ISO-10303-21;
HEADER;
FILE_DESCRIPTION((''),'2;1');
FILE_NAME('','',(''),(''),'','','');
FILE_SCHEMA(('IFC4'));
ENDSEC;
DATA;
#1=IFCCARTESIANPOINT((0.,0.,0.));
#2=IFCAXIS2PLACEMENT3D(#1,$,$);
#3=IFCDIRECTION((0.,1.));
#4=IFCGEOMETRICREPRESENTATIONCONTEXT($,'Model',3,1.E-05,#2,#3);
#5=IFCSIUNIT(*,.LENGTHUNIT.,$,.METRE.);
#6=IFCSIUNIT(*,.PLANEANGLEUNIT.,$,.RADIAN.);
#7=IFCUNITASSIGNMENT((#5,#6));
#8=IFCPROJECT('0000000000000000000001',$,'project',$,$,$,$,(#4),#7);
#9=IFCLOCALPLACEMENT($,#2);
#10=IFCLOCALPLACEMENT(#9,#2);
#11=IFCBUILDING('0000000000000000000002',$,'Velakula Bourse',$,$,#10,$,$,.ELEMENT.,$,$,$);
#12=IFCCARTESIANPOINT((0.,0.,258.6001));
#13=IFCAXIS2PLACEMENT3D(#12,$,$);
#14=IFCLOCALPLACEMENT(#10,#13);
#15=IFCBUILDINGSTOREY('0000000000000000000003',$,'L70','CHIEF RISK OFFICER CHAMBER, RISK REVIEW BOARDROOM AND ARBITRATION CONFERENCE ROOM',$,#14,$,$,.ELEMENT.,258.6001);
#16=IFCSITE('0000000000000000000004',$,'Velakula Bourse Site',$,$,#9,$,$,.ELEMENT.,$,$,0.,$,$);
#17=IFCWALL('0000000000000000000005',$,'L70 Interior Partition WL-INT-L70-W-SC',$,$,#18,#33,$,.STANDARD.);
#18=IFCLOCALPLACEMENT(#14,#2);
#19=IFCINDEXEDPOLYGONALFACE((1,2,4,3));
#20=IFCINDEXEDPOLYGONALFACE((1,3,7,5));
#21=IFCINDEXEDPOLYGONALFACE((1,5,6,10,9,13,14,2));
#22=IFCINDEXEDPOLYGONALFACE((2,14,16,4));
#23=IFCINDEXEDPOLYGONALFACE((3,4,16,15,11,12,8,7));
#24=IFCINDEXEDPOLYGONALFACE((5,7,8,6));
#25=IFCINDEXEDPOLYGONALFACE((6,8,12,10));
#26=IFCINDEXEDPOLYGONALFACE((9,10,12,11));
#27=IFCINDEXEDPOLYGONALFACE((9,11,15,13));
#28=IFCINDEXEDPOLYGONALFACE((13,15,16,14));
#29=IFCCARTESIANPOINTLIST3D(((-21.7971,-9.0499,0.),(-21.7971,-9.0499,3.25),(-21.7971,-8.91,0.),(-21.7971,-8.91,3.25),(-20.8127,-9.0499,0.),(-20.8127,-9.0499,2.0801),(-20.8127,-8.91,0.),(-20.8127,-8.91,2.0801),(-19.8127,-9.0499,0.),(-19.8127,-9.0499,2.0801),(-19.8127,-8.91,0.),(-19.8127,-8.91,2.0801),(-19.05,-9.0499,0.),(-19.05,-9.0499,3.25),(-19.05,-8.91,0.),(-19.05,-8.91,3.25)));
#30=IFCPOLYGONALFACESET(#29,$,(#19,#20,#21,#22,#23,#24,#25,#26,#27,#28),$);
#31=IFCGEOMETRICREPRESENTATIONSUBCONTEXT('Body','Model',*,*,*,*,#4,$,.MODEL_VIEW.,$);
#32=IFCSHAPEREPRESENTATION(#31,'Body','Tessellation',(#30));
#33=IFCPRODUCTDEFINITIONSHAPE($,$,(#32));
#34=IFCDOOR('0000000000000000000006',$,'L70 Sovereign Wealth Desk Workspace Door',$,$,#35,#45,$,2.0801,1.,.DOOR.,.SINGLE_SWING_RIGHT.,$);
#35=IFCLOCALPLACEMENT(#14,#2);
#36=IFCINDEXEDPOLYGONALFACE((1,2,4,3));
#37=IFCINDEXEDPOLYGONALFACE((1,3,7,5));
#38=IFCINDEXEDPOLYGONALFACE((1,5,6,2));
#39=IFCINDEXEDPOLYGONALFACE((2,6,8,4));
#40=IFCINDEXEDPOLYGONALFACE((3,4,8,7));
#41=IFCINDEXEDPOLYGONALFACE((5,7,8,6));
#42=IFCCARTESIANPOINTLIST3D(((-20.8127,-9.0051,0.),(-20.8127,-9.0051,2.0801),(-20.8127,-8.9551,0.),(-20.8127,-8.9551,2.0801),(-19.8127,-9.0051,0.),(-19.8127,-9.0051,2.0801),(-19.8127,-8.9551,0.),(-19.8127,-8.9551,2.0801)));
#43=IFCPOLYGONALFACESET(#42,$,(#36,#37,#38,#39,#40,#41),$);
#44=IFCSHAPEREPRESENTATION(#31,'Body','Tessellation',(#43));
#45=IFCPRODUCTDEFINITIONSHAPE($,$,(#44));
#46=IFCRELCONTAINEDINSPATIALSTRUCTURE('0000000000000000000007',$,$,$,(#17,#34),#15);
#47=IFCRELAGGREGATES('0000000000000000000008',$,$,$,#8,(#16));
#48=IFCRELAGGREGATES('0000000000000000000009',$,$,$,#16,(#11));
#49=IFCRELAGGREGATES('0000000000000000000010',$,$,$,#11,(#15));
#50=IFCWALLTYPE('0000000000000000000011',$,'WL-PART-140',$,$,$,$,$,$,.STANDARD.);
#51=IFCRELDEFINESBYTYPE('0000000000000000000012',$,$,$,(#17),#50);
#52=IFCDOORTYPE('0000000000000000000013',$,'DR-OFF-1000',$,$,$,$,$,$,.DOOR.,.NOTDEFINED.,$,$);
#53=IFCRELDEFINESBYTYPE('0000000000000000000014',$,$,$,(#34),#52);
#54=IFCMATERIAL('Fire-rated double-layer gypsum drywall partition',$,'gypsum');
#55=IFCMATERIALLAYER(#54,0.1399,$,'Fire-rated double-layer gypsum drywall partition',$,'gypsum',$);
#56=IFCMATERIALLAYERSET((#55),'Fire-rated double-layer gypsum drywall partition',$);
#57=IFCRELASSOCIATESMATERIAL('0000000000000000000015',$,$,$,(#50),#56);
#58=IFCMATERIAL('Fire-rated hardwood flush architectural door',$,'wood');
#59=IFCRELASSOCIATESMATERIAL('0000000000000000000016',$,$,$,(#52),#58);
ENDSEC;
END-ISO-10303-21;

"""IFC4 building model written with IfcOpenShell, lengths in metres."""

from ifc_helpers import new_model, si_unit, direction, frame, frame_2d, origin, place, context, subcontext, project, spatial, rectangle, extrude, material, layer, layer_set, type_object, element, fill, save


model = new_model("IFC4")

# Units and contexts
model_context = context("Model", 3, precision=1e-05, world=origin(), true_north=direction((0.0, 1.0)))
body_context = subcontext(model_context, "Body", "Model", "MODEL_VIEW")
ifc_project = project(units=[si_unit("LENGTHUNIT", "METRE"), si_unit("PLANEANGLEUNIT", "RADIAN")], contexts=[model_context])

# Site, building, storey
site_placement = place(None, origin())
site = spatial("IfcSite", under=ifc_project, at=site_placement, Name="Velakula Bourse Site", CompositionType="ELEMENT", RefElevation=0.0)
building_placement = place(site_placement, origin())
building = spatial("IfcBuilding", under=site, at=building_placement, Name="Velakula Bourse", CompositionType="ELEMENT")
storey_placement = place(building_placement, frame((0.0, 0.0, 258.6001)))
storey = spatial("IfcBuildingStorey", under=building, at=storey_placement, Name="L70", Description="CHIEF RISK OFFICER CHAMBER, RISK REVIEW BOARDROOM AND ARBITRATION CONFERENCE ROOM", CompositionType="ELEMENT", Elevation=258.6001)

# Shared definitions
ifc_material_1 = material(Name="Fire-rated double-layer gypsum drywall partition", Category="gypsum")
ifc_layer_1 = layer(ifc_material_1, 0.1399, Name="Fire-rated double-layer gypsum drywall partition", Category="gypsum")
ifc_layer_set_1 = layer_set([ifc_layer_1], Name="Fire-rated double-layer gypsum drywall partition")
wall_type_1 = type_object("IfcWallType", Name="WL-PART-140", PredefinedType="STANDARD", material=ifc_layer_set_1)
ifc_material_2 = material(Name="Fire-rated hardwood flush architectural door", Category="wood")
door_type_1 = type_object("IfcDoorType", Name="DR-OFF-1000", OperationType="NOTDEFINED", PredefinedType="DOOR", material=ifc_material_2)

# Wall, opening, door
wall_1_placement = place(storey_placement, frame((-21.7971, -8.98, 0.0), z_axis=(0.0, 0.0, 1.0), x_axis=(1.0, 0.0, 0.0)))
wall_1 = element("IfcWall", 1, at=wall_1_placement, inside=storey, type_object=wall_type_1, Name="L70 Interior Partition WL-INT-L70-W-SC", PredefinedType="STANDARD", context=body_context, shape_type="SweptSolid", body=[
    extrude(rectangle(XDim=2.7471, YDim=0.1399, at=frame_2d((1.3735, 0.0))), origin(), (0.0, 0.0, 1.0), 3.25),
])
opening_1_placement = place(wall_1_placement, frame((0.9844, 0.0, 0.0)))
opening_1 = element("IfcOpeningElement", 2, at=opening_1_placement, cuts=wall_1, PredefinedType="OPENING", context=body_context, shape_type="SweptSolid", body=[
    extrude(rectangle(XDim=1.0, YDim=2.0801, at=frame_2d((0.5, 1.04))), frame((0.0, 0.0798, 0.0), z_axis=(0.0, -1.0, 0.0), x_axis=(1.0, 0.0, 0.0)), (0.0, 0.0, 1.0), 0.1599),
])
door_1_placement = place(opening_1_placement, origin())
door_1 = element("IfcDoor", 3, at=door_1_placement, inside=storey, type_object=door_type_1, Name="L70 Sovereign Wealth Desk Workspace Door", OperationType="SINGLE_SWING_RIGHT", OverallHeight=2.0801, OverallWidth=1.0, PredefinedType="DOOR", context=body_context, shape_type="SweptSolid", body=[
    extrude(rectangle(XDim=1.0, YDim=2.0801, at=frame_2d((0.5, 1.04))), frame((0.0, 0.0249, 0.0), z_axis=(0.0, -1.0, 0.0), x_axis=(1.0, 0.0, 0.0)), (0.0, 0.0, 1.0), 0.05),
])
fill(opening_1, door_1)

save(model, "model.ifc")
